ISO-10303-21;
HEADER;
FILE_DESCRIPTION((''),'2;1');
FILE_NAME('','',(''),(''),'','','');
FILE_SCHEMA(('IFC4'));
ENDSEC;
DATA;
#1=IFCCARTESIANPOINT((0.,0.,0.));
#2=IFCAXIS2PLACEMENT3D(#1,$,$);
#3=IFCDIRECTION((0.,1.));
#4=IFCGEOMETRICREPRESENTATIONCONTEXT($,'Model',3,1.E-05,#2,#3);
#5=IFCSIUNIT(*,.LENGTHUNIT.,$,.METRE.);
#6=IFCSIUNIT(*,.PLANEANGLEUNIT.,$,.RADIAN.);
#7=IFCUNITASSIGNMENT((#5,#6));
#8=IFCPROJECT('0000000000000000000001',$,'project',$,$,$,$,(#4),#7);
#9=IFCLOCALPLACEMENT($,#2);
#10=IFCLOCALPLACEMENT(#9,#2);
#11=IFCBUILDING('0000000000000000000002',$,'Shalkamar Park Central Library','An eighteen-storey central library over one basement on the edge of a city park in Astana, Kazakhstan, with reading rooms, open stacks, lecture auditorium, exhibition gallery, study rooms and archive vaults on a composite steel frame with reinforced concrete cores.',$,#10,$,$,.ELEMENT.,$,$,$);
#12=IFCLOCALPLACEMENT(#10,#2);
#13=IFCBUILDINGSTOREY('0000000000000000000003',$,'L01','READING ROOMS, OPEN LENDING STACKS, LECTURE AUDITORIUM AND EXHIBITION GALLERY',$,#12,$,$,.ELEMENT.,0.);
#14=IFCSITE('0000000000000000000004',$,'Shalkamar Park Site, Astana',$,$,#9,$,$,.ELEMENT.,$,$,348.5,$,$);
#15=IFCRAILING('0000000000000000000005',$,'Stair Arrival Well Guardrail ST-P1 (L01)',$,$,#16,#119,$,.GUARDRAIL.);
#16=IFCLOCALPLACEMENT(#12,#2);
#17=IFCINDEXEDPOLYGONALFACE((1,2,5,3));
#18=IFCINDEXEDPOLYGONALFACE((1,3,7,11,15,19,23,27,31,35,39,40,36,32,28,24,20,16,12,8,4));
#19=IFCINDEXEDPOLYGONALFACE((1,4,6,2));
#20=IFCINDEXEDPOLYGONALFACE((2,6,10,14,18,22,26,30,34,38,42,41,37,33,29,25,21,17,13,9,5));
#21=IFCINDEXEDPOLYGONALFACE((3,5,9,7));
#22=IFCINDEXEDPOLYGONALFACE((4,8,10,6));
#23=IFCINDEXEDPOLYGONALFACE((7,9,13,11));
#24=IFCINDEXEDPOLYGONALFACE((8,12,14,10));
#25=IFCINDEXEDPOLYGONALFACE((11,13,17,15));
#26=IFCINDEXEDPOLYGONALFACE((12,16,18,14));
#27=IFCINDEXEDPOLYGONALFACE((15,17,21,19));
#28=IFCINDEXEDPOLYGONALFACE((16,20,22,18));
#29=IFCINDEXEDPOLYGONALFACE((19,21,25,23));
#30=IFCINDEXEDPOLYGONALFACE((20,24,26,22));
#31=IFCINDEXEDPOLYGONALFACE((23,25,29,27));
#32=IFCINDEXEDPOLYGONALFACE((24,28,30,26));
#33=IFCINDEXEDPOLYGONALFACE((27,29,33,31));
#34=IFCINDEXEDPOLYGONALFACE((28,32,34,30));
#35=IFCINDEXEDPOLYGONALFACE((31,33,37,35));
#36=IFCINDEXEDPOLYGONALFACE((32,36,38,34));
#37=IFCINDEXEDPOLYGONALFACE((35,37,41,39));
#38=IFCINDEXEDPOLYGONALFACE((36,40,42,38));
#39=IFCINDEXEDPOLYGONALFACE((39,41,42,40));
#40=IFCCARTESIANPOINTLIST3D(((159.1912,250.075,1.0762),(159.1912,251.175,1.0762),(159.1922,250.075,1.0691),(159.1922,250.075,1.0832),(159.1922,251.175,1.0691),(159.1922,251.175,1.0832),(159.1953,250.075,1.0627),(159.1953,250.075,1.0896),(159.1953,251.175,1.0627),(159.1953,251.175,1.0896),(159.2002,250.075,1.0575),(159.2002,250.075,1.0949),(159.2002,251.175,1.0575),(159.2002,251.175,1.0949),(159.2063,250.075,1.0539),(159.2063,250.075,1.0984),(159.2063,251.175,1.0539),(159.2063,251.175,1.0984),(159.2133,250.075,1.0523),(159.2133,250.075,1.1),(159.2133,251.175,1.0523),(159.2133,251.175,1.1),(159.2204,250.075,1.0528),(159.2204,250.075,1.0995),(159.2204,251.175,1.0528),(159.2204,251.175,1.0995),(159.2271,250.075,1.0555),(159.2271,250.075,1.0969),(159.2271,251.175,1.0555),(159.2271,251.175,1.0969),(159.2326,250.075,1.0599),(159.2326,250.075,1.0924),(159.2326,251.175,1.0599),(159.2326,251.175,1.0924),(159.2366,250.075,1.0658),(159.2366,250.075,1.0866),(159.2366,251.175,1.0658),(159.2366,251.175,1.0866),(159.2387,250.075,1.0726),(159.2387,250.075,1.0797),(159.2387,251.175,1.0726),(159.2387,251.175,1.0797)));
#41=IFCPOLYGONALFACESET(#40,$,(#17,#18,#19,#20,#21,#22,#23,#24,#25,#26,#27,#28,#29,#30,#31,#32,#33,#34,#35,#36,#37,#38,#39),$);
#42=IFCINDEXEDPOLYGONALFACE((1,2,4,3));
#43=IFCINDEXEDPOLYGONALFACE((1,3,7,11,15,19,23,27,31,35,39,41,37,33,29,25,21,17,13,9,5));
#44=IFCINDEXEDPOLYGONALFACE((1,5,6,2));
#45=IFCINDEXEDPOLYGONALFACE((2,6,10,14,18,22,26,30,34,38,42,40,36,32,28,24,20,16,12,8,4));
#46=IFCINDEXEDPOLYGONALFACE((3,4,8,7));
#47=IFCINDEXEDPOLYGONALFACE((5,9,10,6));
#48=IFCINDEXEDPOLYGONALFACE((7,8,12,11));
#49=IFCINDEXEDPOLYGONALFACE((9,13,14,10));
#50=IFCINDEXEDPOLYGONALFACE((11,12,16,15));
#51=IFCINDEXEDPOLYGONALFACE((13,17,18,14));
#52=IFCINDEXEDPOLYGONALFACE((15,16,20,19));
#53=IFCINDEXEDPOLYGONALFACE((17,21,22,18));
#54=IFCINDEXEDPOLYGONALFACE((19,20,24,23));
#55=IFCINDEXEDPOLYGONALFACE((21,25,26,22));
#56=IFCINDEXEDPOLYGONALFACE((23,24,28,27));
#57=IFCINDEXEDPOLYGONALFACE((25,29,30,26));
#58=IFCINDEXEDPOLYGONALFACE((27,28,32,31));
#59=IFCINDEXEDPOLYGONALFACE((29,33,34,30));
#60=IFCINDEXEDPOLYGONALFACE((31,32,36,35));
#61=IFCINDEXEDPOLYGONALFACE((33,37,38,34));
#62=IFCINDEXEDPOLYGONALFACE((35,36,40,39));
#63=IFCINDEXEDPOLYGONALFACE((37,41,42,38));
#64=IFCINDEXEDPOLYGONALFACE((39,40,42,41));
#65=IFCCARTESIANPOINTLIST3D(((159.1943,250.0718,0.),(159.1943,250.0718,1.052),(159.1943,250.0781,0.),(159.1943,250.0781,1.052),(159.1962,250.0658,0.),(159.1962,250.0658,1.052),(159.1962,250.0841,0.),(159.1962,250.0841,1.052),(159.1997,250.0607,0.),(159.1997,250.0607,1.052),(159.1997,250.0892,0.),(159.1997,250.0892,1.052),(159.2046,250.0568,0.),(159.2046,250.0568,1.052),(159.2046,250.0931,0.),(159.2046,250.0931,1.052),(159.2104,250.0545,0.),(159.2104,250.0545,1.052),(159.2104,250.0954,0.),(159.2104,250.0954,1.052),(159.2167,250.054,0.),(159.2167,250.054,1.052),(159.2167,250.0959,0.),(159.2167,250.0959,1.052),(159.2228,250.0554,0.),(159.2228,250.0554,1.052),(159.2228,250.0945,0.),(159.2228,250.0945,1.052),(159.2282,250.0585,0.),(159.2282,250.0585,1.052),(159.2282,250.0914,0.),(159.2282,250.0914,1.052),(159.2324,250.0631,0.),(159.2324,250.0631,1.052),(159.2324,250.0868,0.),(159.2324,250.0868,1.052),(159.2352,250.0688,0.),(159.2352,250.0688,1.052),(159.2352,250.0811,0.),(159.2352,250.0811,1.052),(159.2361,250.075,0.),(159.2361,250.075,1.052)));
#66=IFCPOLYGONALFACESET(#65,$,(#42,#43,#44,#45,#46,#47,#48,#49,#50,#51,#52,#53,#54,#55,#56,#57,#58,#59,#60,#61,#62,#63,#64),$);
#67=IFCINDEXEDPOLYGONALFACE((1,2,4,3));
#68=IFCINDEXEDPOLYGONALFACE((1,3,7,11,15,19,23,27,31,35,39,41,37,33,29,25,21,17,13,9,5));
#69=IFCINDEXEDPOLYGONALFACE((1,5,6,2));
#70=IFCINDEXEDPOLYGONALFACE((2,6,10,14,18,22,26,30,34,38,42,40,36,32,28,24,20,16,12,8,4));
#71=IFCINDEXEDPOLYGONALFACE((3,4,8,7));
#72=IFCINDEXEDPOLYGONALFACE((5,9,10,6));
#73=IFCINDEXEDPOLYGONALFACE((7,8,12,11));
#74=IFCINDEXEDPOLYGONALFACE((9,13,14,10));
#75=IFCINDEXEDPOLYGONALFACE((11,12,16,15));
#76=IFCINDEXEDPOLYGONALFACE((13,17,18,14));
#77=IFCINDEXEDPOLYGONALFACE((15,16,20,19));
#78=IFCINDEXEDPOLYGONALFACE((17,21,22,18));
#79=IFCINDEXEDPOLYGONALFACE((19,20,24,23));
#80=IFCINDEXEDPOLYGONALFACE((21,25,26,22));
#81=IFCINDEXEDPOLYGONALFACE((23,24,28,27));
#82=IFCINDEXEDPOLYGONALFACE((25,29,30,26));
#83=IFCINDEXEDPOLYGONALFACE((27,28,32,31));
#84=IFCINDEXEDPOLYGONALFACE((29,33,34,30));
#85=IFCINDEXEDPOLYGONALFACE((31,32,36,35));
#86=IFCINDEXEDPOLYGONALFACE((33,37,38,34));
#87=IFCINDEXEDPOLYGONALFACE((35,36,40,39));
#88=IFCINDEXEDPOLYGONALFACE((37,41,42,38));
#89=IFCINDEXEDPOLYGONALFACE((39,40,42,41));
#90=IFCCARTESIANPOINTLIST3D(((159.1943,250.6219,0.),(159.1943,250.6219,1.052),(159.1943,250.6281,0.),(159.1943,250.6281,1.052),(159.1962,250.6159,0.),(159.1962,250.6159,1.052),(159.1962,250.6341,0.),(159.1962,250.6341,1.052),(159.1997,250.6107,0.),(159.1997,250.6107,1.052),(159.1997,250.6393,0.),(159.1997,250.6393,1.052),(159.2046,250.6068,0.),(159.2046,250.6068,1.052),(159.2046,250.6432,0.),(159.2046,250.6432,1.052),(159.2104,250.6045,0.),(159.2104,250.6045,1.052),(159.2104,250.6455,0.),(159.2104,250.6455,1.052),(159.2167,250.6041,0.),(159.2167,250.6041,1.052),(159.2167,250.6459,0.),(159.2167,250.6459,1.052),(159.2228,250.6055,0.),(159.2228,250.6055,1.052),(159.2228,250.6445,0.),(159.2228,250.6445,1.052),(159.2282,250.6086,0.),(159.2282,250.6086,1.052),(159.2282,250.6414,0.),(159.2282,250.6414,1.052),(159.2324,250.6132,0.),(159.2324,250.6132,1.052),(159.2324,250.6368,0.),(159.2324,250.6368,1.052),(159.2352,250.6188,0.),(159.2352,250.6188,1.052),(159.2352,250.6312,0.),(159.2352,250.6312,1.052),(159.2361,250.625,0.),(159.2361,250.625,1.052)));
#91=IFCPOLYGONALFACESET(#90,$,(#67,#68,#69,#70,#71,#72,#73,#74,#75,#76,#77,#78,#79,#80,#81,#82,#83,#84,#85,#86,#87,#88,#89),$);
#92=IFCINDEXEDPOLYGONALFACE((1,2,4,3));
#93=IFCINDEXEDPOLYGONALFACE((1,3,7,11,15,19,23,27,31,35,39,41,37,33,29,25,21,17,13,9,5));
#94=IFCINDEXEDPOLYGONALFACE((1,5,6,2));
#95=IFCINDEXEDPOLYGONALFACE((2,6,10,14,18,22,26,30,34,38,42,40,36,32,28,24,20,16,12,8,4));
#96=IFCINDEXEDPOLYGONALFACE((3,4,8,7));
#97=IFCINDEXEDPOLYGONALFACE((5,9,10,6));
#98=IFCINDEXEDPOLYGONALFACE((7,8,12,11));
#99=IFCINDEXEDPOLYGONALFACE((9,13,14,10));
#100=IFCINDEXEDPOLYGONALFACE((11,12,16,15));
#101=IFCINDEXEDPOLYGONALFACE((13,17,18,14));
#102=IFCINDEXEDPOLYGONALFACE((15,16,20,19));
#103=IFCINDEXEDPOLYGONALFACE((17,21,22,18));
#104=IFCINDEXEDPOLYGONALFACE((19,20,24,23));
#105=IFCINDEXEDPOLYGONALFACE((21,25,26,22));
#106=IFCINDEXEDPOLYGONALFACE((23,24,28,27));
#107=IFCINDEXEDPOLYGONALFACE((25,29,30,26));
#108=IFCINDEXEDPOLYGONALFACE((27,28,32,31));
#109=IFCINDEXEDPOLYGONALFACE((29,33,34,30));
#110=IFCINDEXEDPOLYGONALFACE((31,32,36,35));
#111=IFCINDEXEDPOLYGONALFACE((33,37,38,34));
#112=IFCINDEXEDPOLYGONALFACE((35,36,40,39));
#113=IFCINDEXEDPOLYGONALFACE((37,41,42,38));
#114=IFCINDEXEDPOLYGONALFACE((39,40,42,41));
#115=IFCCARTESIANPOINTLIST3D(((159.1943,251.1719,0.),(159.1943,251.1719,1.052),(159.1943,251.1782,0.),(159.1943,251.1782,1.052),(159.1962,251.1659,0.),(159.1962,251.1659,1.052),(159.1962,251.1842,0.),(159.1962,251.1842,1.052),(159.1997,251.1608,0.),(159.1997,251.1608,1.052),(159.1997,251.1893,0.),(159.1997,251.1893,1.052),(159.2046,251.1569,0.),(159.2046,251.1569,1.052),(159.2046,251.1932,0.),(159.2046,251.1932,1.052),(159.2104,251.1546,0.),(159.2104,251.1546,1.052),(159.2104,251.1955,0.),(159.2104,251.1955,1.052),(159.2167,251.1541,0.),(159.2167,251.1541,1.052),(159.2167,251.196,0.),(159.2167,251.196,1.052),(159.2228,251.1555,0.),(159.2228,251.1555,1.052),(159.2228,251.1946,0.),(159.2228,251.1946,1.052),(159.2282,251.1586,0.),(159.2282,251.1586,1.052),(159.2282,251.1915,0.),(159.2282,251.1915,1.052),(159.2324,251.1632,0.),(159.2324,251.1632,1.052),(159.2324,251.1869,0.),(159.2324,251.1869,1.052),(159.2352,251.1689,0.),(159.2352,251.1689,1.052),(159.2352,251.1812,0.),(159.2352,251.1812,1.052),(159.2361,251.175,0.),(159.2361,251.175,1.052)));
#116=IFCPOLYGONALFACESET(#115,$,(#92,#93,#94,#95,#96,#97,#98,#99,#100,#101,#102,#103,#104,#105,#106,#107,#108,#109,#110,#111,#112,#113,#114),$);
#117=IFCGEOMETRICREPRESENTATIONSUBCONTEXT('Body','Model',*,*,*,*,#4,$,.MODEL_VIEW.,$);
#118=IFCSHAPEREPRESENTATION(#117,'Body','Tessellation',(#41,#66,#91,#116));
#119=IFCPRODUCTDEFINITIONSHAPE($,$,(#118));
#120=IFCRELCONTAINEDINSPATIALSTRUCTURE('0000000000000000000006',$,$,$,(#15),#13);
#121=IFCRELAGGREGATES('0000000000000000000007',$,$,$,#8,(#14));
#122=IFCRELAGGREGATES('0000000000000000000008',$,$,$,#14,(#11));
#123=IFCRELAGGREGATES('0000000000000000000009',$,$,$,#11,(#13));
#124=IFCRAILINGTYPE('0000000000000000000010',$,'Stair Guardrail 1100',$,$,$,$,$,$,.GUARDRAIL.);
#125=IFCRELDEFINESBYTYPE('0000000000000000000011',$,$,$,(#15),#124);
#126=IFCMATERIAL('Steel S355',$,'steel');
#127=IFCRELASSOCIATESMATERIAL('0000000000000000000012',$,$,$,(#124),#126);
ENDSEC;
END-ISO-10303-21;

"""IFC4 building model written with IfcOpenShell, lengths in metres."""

from ifc_helpers import new_model, si_unit, direction, frame, origin, origin_2d, place, context, subcontext, project, spatial, circle, extrude, material, type_object, element, save


model = new_model("IFC4")

# Units and contexts
model_context = context("Model", 3, precision=1e-05, world=origin(), true_north=direction((0.0, 1.0)))
body_context = subcontext(model_context, "Body", "Model", "MODEL_VIEW")
ifc_project = project(units=[si_unit("LENGTHUNIT", "METRE"), si_unit("PLANEANGLEUNIT", "RADIAN")], contexts=[model_context])

# Site, building, storey
site_placement = place(None, origin())
site = spatial("IfcSite", under=ifc_project, at=site_placement, Name="Shalkamar Park Site, Astana", CompositionType="ELEMENT", RefElevation=348.5)
building_placement = place(site_placement, origin())
building = spatial("IfcBuilding", under=site, at=building_placement, Name="Shalkamar Park Central Library", Description="An eighteen-storey central library over one basement on the edge of a city park in Astana, Kazakhstan, with reading rooms, open stacks, lecture auditorium, exhibition gallery, study rooms and archive vaults on a composite steel frame with reinforced concrete cores.", CompositionType="ELEMENT")
storey_placement = place(building_placement, origin())
storey = spatial("IfcBuildingStorey", under=building, at=storey_placement, Name="L01", Description="READING ROOMS, OPEN LENDING STACKS, LECTURE AUDITORIUM AND EXHIBITION GALLERY", CompositionType="ELEMENT", Elevation=0.0)

# Shared definitions
ifc_material_1 = material(Name="Steel S355", Category="steel")

# Railing
railing_type_1 = type_object("IfcRailingType", Name="Stair Guardrail 1100", PredefinedType="GUARDRAIL", material=ifc_material_1)
railing_1_placement = place(storey_placement, frame((159.2151, 250.075, 0.0)))
element("IfcRailing", 1, at=railing_1_placement, inside=storey, type_object=railing_type_1, Name="Stair Arrival Well Guardrail ST-P1 (L01)", PredefinedType="GUARDRAIL", context=body_context, shape_type="SweptSolid", body=[
    extrude(circle(Radius=0.0239, at=origin_2d()), frame((0.0, 0.0, 1.0762), z_axis=(0.0, 1.0, 0.0), x_axis=(-1.0, 0.0, 0.0)), (0.0, 0.0, 1.0), 1.1001),
    extrude(circle(Radius=0.021, at=origin_2d()), origin(), (0.0, 0.0, 1.0), 1.052),
    extrude(circle(Radius=0.021, at=origin_2d()), frame((0.0, 0.55, 0.0)), (0.0, 0.0, 1.0), 1.052),
    extrude(circle(Radius=0.021, at=origin_2d()), frame((0.0, 1.1001, 0.0)), (0.0, 0.0, 1.0), 1.052),
])

save(model, "model.ifc")
